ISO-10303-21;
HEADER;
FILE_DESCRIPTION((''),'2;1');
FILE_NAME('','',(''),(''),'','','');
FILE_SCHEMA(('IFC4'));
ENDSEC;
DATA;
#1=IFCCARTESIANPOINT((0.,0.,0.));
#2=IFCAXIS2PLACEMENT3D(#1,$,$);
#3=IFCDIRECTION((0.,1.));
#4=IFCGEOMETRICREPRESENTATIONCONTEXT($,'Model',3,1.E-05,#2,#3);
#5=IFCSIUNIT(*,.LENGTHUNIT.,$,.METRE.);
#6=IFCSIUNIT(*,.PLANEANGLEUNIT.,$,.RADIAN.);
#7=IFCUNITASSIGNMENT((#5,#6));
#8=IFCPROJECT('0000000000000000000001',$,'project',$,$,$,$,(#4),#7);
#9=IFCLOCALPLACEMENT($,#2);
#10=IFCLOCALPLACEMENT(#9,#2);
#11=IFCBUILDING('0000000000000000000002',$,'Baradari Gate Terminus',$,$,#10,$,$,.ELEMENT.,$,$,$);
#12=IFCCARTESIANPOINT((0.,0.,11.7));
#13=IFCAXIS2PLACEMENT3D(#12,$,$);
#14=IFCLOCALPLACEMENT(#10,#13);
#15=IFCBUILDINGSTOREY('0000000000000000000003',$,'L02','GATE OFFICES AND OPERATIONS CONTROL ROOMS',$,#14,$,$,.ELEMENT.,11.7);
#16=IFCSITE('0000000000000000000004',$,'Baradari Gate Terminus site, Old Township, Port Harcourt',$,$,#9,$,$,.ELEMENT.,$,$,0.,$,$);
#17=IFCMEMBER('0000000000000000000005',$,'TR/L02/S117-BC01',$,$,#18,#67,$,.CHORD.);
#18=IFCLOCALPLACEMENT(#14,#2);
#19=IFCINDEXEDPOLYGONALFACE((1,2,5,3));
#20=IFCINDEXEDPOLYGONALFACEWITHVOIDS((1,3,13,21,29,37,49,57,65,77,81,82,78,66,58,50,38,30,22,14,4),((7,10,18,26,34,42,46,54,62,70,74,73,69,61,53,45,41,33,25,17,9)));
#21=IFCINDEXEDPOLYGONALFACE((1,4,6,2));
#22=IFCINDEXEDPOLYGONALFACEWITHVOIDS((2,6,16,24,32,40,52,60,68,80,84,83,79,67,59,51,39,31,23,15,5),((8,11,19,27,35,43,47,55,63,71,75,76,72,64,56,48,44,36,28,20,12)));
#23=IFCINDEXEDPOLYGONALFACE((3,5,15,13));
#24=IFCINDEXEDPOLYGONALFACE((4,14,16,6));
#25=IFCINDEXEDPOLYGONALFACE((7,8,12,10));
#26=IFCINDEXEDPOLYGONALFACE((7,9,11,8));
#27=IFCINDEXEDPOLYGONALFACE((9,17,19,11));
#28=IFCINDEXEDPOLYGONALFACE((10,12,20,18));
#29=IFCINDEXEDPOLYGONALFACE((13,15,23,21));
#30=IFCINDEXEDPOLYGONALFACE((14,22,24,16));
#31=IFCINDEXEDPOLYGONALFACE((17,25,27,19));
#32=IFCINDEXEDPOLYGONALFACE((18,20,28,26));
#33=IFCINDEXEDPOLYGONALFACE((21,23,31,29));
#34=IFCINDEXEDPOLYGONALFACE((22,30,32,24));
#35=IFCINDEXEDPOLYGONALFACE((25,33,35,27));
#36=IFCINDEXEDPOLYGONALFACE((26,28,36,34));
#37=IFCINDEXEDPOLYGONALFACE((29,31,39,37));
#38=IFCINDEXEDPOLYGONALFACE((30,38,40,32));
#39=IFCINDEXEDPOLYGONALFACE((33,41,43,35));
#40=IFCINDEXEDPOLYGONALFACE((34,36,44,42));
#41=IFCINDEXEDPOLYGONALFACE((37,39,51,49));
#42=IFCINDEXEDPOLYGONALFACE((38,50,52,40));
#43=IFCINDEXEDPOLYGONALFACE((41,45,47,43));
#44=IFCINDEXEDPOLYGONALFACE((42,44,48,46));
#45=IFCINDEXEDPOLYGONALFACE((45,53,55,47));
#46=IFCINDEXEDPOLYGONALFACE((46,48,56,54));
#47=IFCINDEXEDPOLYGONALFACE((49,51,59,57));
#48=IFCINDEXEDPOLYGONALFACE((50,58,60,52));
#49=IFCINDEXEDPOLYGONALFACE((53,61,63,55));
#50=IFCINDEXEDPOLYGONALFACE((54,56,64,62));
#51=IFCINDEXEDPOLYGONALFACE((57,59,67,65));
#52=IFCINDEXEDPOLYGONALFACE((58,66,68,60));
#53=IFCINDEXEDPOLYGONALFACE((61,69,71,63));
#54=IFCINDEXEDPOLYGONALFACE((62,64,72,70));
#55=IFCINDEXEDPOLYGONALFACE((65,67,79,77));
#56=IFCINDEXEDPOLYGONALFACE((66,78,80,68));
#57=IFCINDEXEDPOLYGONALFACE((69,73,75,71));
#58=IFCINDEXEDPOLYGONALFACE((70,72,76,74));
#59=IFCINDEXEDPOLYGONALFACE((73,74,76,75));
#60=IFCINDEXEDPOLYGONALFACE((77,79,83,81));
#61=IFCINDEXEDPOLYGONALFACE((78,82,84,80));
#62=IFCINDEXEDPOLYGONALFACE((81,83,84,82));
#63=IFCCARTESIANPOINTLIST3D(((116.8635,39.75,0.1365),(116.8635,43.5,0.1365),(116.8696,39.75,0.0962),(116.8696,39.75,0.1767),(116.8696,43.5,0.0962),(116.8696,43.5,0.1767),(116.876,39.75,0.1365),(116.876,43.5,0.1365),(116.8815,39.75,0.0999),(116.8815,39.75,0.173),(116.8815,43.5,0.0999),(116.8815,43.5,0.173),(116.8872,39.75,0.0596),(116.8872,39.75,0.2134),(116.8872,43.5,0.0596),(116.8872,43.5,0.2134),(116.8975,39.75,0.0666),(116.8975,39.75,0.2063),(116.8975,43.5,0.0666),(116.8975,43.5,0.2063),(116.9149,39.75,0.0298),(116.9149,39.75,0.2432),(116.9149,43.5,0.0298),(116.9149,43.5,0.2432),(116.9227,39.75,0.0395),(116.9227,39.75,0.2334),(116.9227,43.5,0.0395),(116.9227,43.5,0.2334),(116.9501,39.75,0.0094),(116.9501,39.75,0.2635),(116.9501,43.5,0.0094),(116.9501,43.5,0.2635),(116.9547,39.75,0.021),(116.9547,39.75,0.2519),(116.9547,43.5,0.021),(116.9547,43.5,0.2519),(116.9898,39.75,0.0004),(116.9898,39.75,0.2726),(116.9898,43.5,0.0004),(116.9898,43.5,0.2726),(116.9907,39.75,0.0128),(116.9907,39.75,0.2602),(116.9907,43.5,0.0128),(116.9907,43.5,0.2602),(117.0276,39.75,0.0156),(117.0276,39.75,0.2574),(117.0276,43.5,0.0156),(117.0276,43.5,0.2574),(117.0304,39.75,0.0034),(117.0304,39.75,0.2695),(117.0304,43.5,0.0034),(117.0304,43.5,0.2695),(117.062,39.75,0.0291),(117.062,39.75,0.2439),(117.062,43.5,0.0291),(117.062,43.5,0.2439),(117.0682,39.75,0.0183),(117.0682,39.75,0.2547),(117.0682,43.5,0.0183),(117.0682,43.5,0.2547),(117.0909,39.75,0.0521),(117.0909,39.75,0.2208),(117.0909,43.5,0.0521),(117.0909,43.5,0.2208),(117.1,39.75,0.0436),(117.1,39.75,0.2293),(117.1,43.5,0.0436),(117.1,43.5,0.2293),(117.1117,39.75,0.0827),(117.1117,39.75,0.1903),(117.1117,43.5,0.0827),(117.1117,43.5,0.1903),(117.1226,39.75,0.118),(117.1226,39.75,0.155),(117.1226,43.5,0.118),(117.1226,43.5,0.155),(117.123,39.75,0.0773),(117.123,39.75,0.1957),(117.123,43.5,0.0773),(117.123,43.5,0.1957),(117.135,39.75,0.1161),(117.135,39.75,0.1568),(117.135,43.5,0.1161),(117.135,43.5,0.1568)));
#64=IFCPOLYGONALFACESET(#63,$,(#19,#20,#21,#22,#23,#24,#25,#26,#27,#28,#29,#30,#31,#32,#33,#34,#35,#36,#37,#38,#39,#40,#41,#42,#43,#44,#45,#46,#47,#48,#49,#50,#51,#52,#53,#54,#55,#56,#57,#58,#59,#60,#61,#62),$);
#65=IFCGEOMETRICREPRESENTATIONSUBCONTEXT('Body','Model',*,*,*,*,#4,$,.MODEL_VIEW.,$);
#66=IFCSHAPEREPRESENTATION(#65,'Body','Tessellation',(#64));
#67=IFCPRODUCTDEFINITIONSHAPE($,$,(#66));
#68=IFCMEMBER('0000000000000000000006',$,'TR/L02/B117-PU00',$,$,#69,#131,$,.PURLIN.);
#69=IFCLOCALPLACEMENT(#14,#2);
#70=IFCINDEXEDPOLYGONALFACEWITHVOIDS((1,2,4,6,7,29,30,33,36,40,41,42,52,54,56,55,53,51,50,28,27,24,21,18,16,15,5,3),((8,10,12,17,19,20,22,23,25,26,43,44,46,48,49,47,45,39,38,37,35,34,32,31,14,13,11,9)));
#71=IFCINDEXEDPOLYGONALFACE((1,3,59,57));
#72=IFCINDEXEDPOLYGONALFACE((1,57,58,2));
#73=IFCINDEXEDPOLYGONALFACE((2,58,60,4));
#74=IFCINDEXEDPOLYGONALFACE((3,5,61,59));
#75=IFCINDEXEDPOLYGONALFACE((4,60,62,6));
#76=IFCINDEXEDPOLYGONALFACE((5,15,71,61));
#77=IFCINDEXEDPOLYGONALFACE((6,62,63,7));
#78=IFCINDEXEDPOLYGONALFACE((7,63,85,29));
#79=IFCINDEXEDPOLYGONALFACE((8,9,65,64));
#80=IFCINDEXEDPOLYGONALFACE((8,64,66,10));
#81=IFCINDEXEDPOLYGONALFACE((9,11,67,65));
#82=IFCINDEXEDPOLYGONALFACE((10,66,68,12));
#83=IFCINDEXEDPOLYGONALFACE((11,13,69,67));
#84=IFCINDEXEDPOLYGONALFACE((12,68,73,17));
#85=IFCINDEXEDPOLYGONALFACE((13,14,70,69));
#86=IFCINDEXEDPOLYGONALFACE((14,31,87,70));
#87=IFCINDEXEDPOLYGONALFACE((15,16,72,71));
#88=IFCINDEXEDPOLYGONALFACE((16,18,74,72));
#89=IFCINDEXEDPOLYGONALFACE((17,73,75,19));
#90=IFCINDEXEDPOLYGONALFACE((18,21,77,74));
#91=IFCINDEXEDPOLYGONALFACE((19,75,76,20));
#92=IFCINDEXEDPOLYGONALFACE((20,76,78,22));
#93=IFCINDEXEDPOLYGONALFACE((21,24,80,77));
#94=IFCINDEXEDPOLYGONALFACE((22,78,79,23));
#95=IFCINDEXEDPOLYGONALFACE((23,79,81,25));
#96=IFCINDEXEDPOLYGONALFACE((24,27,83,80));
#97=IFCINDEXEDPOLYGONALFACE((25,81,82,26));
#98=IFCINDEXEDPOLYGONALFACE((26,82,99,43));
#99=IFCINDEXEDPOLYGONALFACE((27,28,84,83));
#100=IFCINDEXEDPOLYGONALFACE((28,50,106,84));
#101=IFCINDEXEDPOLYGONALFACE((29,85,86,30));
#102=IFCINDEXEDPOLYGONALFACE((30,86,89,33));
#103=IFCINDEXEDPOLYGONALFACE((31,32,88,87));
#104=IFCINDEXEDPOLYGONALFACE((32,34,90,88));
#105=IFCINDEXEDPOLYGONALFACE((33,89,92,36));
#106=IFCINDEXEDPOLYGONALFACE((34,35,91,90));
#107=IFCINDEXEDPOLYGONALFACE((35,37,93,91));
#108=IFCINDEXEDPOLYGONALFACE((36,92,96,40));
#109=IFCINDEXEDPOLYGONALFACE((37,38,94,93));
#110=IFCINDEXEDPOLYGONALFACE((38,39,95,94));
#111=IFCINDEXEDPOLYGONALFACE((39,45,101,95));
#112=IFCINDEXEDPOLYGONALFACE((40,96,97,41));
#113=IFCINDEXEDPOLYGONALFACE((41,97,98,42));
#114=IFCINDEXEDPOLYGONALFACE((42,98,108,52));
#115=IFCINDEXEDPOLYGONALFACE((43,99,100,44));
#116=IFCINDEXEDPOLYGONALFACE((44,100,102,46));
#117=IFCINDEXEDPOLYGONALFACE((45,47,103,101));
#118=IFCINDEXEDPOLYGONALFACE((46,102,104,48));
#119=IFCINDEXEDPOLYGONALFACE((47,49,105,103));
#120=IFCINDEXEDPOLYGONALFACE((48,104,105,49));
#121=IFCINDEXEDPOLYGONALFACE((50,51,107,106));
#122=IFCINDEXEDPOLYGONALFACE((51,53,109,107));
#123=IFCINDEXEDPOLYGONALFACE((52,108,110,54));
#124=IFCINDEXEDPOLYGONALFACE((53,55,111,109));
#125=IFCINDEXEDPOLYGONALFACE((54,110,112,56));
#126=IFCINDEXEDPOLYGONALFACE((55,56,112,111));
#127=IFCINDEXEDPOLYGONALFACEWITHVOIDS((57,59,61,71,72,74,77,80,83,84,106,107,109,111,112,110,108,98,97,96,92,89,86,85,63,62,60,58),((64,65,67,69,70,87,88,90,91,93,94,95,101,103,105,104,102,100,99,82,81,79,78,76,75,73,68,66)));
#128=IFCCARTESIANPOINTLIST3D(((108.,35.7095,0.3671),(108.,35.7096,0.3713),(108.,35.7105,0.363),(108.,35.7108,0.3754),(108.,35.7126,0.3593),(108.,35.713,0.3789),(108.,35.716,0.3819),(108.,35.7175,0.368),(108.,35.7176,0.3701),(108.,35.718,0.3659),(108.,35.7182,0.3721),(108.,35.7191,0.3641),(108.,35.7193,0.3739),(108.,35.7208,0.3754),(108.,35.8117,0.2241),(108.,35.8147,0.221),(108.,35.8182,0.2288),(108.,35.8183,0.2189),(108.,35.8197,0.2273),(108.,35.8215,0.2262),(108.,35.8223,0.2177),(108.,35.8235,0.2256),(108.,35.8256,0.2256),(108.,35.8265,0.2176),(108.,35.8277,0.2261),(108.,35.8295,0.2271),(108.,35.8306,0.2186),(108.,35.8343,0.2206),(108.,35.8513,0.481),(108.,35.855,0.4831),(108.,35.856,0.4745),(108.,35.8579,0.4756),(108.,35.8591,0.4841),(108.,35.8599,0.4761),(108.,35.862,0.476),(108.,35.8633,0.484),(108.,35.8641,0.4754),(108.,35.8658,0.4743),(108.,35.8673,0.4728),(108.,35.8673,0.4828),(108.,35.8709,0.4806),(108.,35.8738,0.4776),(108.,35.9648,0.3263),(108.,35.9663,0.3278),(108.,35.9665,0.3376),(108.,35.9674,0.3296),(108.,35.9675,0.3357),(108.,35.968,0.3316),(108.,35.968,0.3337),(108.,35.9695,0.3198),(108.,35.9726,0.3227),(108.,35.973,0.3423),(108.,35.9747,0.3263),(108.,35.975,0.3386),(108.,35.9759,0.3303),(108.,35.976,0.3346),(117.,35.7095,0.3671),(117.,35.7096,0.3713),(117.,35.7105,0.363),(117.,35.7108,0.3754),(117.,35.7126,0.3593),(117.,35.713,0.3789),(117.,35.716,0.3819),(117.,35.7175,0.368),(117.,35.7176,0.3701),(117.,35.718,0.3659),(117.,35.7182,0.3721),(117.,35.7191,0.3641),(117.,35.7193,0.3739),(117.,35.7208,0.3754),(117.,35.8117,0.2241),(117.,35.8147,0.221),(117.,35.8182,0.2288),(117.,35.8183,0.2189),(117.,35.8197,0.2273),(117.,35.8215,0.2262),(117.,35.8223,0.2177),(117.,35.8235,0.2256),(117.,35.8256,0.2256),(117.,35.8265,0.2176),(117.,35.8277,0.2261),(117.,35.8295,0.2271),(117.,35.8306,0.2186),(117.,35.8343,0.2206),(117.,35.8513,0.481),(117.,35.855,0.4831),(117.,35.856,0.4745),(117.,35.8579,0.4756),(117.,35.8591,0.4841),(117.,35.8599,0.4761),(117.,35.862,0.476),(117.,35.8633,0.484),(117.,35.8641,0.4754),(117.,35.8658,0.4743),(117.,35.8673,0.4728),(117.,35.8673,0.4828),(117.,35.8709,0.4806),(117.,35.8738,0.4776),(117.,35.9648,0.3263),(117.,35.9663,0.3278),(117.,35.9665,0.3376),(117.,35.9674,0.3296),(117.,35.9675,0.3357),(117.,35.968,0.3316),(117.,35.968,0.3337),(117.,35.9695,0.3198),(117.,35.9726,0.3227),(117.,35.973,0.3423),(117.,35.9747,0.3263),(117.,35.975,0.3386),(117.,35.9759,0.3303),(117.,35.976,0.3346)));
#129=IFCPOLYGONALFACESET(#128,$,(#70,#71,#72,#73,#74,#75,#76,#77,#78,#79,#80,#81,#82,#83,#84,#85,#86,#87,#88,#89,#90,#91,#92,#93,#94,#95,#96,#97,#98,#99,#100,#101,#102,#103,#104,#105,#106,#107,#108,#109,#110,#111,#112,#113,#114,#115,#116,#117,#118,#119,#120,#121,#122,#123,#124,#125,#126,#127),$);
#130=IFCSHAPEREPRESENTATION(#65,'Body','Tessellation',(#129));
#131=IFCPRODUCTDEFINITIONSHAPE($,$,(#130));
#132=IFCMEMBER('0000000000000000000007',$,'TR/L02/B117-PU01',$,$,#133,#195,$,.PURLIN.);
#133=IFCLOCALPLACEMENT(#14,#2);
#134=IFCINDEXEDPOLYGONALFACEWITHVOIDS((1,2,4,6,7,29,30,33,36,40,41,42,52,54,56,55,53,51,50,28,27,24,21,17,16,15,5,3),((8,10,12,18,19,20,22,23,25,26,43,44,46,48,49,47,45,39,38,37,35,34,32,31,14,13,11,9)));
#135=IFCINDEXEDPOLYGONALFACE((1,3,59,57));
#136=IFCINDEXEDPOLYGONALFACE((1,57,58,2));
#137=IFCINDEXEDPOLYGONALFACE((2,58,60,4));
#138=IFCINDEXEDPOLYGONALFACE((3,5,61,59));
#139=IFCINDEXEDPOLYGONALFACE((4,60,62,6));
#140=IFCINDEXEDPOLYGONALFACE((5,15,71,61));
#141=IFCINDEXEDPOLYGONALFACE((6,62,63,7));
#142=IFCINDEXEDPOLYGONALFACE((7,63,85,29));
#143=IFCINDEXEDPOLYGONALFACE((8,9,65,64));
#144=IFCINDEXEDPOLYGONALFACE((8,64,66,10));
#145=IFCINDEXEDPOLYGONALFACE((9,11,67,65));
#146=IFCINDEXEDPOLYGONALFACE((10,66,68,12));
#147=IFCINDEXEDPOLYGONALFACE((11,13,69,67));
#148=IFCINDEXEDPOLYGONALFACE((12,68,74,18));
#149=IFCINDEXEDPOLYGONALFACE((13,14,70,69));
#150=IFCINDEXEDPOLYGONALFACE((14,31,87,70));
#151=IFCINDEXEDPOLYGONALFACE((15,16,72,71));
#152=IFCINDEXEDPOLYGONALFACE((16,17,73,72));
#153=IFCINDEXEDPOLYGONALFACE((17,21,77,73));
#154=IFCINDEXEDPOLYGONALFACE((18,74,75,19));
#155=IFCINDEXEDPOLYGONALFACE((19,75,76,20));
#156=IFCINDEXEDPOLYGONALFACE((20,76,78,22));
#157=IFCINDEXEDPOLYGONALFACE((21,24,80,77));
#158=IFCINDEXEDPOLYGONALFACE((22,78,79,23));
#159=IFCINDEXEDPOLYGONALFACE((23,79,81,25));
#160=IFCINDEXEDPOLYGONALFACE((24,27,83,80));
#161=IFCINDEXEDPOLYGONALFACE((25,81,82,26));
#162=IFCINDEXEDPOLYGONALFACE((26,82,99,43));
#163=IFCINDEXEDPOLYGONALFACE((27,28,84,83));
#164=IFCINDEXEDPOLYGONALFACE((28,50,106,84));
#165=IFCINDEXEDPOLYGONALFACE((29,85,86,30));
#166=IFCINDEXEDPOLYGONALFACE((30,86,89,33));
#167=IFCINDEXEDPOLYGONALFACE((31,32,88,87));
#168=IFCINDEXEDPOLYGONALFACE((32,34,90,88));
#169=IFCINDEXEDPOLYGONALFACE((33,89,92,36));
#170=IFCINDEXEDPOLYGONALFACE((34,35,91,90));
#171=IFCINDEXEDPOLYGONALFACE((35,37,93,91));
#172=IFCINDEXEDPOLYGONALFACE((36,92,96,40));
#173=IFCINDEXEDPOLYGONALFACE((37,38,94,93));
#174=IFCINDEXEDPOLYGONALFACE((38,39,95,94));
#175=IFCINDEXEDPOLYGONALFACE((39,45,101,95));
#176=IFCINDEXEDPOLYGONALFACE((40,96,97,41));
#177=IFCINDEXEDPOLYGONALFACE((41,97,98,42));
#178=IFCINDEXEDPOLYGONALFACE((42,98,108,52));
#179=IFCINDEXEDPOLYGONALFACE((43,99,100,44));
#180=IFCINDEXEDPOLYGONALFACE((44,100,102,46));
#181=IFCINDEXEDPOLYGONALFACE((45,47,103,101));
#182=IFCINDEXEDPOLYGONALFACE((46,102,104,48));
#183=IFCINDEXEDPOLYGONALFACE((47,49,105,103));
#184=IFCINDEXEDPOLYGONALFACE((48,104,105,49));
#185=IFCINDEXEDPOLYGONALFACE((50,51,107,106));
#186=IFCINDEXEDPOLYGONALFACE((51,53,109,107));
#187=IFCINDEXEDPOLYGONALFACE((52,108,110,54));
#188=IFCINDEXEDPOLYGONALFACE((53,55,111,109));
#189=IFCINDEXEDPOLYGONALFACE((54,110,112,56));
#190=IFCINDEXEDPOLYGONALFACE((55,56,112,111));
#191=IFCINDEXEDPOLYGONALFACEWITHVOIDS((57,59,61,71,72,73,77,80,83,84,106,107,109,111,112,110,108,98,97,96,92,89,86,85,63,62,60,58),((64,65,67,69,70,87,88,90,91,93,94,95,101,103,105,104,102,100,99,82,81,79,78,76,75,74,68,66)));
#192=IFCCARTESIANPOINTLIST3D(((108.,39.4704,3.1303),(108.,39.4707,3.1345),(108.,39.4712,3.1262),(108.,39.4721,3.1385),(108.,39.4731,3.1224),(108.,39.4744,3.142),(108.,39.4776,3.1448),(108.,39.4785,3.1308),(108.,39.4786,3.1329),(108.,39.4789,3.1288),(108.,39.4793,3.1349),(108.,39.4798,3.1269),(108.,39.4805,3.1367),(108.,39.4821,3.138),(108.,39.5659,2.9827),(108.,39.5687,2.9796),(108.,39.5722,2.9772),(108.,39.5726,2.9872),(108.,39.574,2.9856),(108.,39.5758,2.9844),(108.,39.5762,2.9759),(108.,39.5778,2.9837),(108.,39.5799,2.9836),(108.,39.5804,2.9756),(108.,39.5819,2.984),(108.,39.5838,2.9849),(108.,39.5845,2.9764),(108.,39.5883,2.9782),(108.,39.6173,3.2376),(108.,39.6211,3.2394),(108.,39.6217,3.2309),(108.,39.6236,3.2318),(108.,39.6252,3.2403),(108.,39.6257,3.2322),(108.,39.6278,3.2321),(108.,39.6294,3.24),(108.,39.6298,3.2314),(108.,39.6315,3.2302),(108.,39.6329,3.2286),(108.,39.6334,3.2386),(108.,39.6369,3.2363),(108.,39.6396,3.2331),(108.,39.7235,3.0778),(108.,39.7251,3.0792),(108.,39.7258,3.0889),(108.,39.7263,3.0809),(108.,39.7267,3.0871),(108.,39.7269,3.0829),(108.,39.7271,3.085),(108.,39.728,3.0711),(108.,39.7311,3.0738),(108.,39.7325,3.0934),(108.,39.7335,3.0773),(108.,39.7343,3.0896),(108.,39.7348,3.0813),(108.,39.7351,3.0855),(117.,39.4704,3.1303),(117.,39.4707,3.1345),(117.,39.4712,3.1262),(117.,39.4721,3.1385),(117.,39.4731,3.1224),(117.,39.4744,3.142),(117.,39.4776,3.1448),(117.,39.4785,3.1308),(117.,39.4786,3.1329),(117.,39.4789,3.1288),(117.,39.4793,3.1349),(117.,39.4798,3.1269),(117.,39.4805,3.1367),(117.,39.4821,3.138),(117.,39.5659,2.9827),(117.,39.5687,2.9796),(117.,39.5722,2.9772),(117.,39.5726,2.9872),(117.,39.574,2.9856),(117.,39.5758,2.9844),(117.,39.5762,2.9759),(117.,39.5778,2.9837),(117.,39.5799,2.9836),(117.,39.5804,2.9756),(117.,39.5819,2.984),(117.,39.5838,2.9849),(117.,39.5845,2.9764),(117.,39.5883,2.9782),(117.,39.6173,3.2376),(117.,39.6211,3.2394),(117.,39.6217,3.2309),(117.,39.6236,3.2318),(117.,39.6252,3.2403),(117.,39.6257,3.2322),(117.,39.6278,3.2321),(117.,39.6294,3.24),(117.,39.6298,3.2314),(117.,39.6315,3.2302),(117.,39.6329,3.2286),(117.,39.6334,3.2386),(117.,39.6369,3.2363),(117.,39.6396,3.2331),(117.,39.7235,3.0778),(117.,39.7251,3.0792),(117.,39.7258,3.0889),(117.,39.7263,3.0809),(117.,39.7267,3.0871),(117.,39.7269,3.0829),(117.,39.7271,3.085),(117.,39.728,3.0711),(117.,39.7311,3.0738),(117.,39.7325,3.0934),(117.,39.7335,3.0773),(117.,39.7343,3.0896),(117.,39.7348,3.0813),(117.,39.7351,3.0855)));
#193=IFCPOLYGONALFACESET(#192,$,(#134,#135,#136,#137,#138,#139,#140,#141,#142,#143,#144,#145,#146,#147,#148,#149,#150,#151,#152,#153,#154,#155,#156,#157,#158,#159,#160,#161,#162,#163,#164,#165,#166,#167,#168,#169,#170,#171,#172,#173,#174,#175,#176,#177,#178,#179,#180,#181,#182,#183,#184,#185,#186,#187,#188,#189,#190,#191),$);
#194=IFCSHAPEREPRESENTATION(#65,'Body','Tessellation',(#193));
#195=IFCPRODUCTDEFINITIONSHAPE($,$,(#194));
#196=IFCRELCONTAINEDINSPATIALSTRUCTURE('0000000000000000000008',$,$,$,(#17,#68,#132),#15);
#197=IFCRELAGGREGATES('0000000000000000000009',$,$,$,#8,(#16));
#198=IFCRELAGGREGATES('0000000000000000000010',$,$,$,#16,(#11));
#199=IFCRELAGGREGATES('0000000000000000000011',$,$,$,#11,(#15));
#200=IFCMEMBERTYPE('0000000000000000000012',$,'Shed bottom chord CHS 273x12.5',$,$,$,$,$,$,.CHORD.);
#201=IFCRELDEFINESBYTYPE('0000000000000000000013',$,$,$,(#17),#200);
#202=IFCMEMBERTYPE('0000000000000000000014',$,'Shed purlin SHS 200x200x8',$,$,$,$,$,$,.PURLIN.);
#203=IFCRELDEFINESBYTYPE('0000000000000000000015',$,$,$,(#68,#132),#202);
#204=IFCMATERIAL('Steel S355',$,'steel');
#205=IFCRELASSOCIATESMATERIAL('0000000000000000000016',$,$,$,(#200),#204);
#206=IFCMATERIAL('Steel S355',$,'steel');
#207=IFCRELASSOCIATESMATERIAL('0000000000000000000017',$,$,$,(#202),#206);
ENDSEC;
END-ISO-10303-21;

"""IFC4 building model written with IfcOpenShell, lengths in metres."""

from ifc_helpers import new_model, si_unit, direction, frame, origin, origin_2d, place, context, subcontext, project, spatial, hollow_rectangle, hollow_circle, extrude, material, material_profile, profile_set, type_object, element, save


model = new_model("IFC4")

# Units and contexts
model_context = context("Model", 3, precision=1e-05, world=origin(), true_north=direction((0.0, 1.0)))
body_context = subcontext(model_context, "Body", "Model", "MODEL_VIEW")
ifc_project = project(units=[si_unit("LENGTHUNIT", "METRE"), si_unit("PLANEANGLEUNIT", "RADIAN")], contexts=[model_context])

# Site, building, storey
site_placement = place(None, origin())
site = spatial("IfcSite", under=ifc_project, at=site_placement, Name="Baradari Gate Terminus site, Old Township, Port Harcourt", CompositionType="ELEMENT", RefElevation=0.0)
building_placement = place(site_placement, origin())
building = spatial("IfcBuilding", under=site, at=building_placement, Name="Baradari Gate Terminus", CompositionType="ELEMENT")
storey_placement = place(building_placement, frame((0.0, 0.0, 11.7)))
storey = spatial("IfcBuildingStorey", under=building, at=storey_placement, Name="L02", Description="GATE OFFICES AND OPERATIONS CONTROL ROOMS", CompositionType="ELEMENT", Elevation=11.7)

# Members
ifc_material_1 = material(Name="Steel S355", Category="steel")
ifc_material_profile_1 = material_profile(ifc_material_1, hollow_circle(Radius=0.1365, WallThickness=0.0125, at=origin_2d()), Name="CHS 273x12.5")
ifc_profile_set_1 = profile_set([ifc_material_profile_1], Name="Steel S355")
member_type_1 = type_object("IfcMemberType", Name="Shed bottom chord CHS 273x12.5", PredefinedType="CHORD", material=ifc_profile_set_1)
for number, where, z_axis, x_axis, name in (
    (1, (117.0, 39.75, 0.1365), (0.0, 1.0, 0.0), (-1.0, 0.0, 0.0), "TR/L02/S117-BC01"),
):
    element("IfcMember", number, at=place(storey_placement, frame(where, z_axis=z_axis, x_axis=x_axis)), inside=storey, type_object=member_type_1, Name=name, PredefinedType="CHORD", context=body_context, shape_type="SweptSolid", body=[
        extrude(hollow_circle(Radius=0.1365, WallThickness=0.0125, at=origin_2d()), origin(), (0.0, 0.0, 1.0), 3.75),
    ])
ifc_material_2 = material(Name="Steel S355", Category="steel")
ifc_material_profile_2 = material_profile(ifc_material_2, hollow_rectangle(XDim=0.2, YDim=0.2, WallThickness=0.0081, InnerFilletRadius=0.0081, OuterFilletRadius=0.0161, at=origin_2d()), Name="SHS 200x200x8")
ifc_profile_set_2 = profile_set([ifc_material_profile_2], Name="Steel S355")
member_type_2 = type_object("IfcMemberType", Name="Shed purlin SHS 200x200x8", PredefinedType="PURLIN", material=ifc_profile_set_2)
for number, where, z_axis, x_axis, name in (
    (2, (108.0, 35.8428, 0.3508), (1.0, 0.0, 0.0), (0.0, 0.806405, 0.591364), "TR/L02/B117-PU00"),
    (3, (108.0, 39.6028, 3.1079), (1.0, 0.0, 0.0), (0.0, 0.832836, 0.553519), "TR/L02/B117-PU01"),
):
    element("IfcMember", number, at=place(storey_placement, frame(where, z_axis=z_axis, x_axis=x_axis)), inside=storey, type_object=member_type_2, Name=name, PredefinedType="PURLIN", context=body_context, shape_type="SweptSolid", body=[
        extrude(hollow_rectangle(XDim=0.2, YDim=0.2, WallThickness=0.0081, InnerFilletRadius=0.0081, OuterFilletRadius=0.0161, at=origin_2d()), origin(), (0.0, 0.0, 1.0), 9.0),
    ])

save(model, "model.ifc")
